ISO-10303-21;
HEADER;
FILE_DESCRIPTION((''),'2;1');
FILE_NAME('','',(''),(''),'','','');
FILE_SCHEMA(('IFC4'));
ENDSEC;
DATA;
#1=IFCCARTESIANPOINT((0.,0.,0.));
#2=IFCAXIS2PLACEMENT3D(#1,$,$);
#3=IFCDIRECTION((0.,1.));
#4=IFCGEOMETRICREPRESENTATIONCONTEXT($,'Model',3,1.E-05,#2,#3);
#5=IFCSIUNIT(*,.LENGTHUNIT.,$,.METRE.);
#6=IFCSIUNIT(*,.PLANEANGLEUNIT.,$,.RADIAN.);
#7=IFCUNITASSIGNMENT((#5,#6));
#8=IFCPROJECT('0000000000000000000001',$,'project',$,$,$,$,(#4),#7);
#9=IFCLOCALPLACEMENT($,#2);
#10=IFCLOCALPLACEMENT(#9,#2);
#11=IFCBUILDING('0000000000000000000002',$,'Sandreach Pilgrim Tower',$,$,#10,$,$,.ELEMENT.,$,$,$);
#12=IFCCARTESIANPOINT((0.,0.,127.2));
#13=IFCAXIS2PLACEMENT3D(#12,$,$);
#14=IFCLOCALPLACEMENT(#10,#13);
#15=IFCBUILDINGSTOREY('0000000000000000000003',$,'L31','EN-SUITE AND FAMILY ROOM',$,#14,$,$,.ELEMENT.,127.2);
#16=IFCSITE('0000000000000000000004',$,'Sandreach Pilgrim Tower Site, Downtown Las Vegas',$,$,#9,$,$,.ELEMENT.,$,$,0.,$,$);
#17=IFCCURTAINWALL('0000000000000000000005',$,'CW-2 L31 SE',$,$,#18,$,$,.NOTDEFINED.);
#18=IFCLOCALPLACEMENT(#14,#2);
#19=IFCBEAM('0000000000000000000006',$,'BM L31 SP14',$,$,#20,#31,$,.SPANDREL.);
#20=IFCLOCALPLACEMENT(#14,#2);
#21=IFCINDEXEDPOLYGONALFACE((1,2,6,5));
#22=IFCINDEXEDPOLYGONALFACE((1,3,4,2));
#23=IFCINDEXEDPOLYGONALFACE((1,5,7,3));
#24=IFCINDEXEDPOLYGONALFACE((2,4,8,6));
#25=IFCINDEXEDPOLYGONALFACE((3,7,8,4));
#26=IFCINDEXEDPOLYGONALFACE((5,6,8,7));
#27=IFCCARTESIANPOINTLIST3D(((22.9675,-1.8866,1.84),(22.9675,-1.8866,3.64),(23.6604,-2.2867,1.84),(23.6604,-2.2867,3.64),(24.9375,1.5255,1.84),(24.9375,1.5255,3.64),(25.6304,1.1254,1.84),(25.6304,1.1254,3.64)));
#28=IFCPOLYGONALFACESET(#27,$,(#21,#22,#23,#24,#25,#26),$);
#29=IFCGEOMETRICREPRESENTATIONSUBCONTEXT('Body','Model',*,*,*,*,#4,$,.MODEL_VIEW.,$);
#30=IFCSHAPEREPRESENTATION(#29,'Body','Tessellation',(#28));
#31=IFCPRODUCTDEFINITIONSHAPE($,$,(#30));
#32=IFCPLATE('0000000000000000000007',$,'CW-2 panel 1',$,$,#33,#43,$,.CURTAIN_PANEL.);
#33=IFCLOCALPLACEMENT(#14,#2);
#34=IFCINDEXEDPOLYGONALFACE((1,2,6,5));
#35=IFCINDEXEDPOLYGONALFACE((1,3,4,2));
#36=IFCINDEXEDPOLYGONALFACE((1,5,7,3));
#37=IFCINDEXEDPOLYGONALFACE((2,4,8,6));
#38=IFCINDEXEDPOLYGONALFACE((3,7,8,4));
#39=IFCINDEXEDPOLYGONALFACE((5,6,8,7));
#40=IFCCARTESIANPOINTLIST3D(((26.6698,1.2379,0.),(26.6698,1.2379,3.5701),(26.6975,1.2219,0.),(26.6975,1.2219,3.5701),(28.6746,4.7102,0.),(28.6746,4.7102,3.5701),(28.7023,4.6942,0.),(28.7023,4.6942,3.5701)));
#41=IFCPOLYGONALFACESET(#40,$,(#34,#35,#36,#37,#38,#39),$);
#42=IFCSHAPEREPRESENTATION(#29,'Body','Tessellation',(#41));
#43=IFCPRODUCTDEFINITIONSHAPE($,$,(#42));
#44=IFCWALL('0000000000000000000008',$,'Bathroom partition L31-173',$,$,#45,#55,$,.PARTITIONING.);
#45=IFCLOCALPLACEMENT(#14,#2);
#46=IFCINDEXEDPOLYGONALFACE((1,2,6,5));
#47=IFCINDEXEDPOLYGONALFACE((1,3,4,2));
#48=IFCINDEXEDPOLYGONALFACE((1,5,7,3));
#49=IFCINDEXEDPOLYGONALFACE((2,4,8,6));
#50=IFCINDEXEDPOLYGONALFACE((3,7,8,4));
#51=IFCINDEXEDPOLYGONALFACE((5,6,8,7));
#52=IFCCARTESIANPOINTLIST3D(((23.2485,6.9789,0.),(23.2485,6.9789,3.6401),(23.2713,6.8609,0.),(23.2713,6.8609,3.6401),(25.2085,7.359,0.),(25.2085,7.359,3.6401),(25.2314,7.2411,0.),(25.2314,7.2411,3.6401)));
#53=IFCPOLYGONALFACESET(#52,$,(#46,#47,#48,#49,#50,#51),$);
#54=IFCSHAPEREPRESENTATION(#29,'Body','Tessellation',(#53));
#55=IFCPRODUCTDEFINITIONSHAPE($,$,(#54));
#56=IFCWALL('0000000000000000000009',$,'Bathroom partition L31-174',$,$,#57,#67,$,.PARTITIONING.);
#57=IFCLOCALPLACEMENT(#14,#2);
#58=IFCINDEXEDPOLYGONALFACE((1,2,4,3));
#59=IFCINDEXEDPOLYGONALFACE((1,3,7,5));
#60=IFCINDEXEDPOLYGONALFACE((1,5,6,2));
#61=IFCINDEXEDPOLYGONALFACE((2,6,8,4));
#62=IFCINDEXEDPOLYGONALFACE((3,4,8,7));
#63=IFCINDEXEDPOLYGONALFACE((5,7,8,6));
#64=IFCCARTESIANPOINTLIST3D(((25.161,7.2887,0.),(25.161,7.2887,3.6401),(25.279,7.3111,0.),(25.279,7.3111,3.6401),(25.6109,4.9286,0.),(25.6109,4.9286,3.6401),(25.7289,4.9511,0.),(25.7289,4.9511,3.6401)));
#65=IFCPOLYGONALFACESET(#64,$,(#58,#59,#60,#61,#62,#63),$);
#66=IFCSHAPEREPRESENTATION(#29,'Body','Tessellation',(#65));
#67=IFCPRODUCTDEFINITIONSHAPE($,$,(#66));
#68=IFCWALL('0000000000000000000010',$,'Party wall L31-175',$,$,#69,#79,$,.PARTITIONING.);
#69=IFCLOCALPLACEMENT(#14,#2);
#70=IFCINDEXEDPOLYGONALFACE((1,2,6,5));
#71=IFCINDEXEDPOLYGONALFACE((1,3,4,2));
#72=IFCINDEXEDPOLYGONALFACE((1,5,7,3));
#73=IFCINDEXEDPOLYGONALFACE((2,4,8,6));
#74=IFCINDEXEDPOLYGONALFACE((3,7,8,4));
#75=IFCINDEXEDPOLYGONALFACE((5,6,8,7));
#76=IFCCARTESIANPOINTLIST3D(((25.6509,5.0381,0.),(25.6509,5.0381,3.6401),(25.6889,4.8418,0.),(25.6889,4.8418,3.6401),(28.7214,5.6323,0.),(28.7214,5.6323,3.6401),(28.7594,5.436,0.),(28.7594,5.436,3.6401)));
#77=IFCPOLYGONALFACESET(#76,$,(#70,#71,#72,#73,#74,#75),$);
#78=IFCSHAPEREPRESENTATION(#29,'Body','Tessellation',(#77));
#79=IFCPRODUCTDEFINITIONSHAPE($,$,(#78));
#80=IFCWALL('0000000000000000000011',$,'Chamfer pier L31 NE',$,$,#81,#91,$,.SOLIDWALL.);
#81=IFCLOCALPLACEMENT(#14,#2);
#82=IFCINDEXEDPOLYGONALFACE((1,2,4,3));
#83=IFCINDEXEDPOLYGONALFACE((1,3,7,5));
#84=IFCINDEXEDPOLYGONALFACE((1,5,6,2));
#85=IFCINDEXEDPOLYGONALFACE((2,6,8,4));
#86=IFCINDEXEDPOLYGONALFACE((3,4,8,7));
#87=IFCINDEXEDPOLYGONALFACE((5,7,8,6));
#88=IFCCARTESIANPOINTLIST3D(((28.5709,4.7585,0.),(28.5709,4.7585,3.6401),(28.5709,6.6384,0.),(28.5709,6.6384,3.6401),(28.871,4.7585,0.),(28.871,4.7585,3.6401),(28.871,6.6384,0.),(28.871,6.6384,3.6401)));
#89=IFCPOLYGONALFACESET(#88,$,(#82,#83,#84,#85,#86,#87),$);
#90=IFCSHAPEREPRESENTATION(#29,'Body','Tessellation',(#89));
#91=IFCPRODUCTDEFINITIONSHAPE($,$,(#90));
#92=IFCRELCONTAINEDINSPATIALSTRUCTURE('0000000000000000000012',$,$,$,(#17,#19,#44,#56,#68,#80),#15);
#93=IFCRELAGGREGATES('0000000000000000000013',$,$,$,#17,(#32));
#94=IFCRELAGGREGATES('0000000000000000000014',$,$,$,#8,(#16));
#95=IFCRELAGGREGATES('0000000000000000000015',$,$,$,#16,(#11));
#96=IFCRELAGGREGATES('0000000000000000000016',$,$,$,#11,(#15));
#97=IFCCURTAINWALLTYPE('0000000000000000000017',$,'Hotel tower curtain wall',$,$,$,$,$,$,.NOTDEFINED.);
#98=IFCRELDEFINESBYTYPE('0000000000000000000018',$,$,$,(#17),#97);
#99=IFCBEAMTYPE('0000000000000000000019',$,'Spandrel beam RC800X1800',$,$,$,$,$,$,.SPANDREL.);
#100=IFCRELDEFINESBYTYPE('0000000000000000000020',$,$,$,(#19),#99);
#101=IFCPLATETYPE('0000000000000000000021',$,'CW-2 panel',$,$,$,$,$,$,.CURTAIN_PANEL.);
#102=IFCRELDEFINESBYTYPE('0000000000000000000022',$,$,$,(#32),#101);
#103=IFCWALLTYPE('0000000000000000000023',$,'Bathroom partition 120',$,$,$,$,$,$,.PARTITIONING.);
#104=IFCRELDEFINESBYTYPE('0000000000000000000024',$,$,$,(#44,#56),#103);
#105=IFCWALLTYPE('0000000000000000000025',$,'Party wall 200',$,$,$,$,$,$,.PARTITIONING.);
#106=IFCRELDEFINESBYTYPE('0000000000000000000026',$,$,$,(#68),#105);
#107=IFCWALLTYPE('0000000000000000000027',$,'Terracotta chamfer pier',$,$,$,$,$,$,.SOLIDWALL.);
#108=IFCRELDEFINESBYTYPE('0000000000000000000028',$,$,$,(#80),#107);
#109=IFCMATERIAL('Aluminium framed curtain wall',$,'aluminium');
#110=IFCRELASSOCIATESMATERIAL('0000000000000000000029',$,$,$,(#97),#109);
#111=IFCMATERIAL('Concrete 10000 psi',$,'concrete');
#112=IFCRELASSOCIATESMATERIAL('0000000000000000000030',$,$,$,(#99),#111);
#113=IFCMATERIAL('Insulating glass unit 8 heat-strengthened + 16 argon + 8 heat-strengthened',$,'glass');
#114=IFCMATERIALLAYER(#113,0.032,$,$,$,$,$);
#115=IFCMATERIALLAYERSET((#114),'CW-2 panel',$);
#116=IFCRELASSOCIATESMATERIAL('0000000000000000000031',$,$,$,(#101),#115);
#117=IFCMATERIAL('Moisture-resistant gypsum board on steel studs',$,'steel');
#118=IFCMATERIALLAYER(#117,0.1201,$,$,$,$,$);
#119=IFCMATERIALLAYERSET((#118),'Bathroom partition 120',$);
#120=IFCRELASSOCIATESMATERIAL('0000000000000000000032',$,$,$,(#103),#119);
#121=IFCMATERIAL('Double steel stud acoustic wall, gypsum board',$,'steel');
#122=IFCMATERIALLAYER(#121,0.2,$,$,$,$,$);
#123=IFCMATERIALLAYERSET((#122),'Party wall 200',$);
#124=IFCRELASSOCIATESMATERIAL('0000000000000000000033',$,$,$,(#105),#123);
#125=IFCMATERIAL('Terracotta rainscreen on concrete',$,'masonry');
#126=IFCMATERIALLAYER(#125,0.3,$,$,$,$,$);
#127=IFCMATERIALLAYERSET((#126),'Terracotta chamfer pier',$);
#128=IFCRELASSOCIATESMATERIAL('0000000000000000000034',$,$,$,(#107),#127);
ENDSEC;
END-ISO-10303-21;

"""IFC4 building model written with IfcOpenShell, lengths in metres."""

from ifc_helpers import new_model, si_unit, direction, frame, frame_2d, origin, origin_2d, place, context, subcontext, project, spatial, rectangle, extrude, material, layer, layer_set, material_profile, profile_set, type_object, element, aggregate, save


model = new_model("IFC4")

# Units and contexts
model_context = context("Model", 3, precision=1e-05, world=origin(), true_north=direction((0.0, 1.0)))
body_context = subcontext(model_context, "Body", "Model", "MODEL_VIEW")
ifc_project = project(units=[si_unit("LENGTHUNIT", "METRE"), si_unit("PLANEANGLEUNIT", "RADIAN")], contexts=[model_context])

# Site, building, storey
site_placement = place(None, origin())
site = spatial("IfcSite", under=ifc_project, at=site_placement, Name="Sandreach Pilgrim Tower Site, Downtown Las Vegas", CompositionType="ELEMENT", RefElevation=0.0)
building_placement = place(site_placement, origin())
building = spatial("IfcBuilding", under=site, at=building_placement, Name="Sandreach Pilgrim Tower", CompositionType="ELEMENT")
storey_placement = place(building_placement, frame((0.0, 0.0, 127.2)))
storey = spatial("IfcBuildingStorey", under=building, at=storey_placement, Name="L31", Description="EN-SUITE AND FAMILY ROOM", CompositionType="ELEMENT", Elevation=127.2)

# Shared definitions
ifc_material_1 = material(Name="Aluminium framed curtain wall", Category="aluminium")
curtain_wall_type = type_object("IfcCurtainWallType", Name="Hotel tower curtain wall", PredefinedType="NOTDEFINED", material=ifc_material_1)

# Curtain wall
curtain_wall_1_placement = place(storey_placement, origin())
curtain_wall_1 = element("IfcCurtainWall", 1, at=curtain_wall_1_placement, inside=storey, type_object=curtain_wall_type, Name="CW-2 L31 SE", PredefinedType="NOTDEFINED")

# Beam
ifc_material_2 = material(Name="Concrete 10000 psi", Category="concrete")
ifc_material_profile_1 = material_profile(ifc_material_2, rectangle(XDim=0.8, YDim=1.8, at=origin_2d()), Name="RC800X1800")
ifc_profile_set_1 = profile_set([ifc_material_profile_1], Name="Concrete 10000 psi")
beam_type_1 = type_object("IfcBeamType", Name="Spandrel beam RC800X1800", PredefinedType="SPANDREL", material=ifc_profile_set_1)
beam_1_placement = place(storey_placement, frame((25.2839, 1.3254, 2.74), z_axis=(-0.499998, -0.866027, 0.0), x_axis=(0.866027, -0.499998, 0.0)))
element("IfcBeam", 2, at=beam_1_placement, inside=storey, type_object=beam_type_1, Name="BM L31 SP14", PredefinedType="SPANDREL", context=body_context, shape_type="SweptSolid", body=[
    extrude(rectangle(XDim=0.8, YDim=1.8, at=origin_2d()), origin(), (0.0, 0.0, 1.0), 3.9399),
])

# Plate
ifc_material_3 = material(Name="Insulating glass unit 8 heat-strengthened + 16 argon + 8 heat-strengthened", Category="glass")
ifc_layer_1 = layer(ifc_material_3, 0.032)
ifc_layer_set_1 = layer_set([ifc_layer_1], Name="CW-2 panel")
plate_type = type_object("IfcPlateType", Name="CW-2 panel", PredefinedType="CURTAIN_PANEL", material=ifc_layer_set_1)
plate_placement = place(storey_placement, frame((27.686, 2.9661, 0.0), z_axis=(0.0, 0.0, 1.0), x_axis=(-0.5, -0.866025, 0.0)))
plate = element("IfcPlate", 3, at=plate_placement, type_object=plate_type, Name="CW-2 panel 1", PredefinedType="CURTAIN_PANEL", context=body_context, shape_type="SweptSolid", body=[
    extrude(rectangle(XDim=4.0095, YDim=0.032, at=origin_2d()), origin(), (0.0, 0.0, 1.0), 3.5701),
])
aggregate(curtain_wall_1, [plate])

# Walls
ifc_material_4 = material(Name="Moisture-resistant gypsum board on steel studs", Category="steel")
ifc_layer_2 = layer(ifc_material_4, 0.1201)
ifc_layer_set_2 = layer_set([ifc_layer_2], Name="Bathroom partition 120")
wall_type_1 = type_object("IfcWallType", Name="Bathroom partition 120", PredefinedType="PARTITIONING", material=ifc_layer_set_2)
wall_1_placement = place(storey_placement, frame((25.22, 7.3, 0.0), z_axis=(0.0, 0.0, 1.0), x_axis=(-0.981707, -0.190398, 0.0)))
element("IfcWall", 4, at=wall_1_placement, inside=storey, type_object=wall_type_1, Name="Bathroom partition L31-173", PredefinedType="PARTITIONING", context=body_context, shape_type="SweptSolid", body=[
    extrude(rectangle(XDim=1.9966, YDim=0.1201, at=frame_2d((0.9983, 0.0))), origin(), (0.0, 0.0, 1.0), 3.6401),
])
wall_2_placement = place(storey_placement, frame((25.6699, 4.9399, 0.0), z_axis=(0.0, 0.0, 1.0), x_axis=(-0.187276, 0.982307, 0.0)))
element("IfcWall", 5, at=wall_2_placement, inside=storey, type_object=wall_type_1, Name="Bathroom partition L31-174", PredefinedType="PARTITIONING", context=body_context, shape_type="SweptSolid", body=[
    extrude(rectangle(XDim=2.4026, YDim=0.1201, at=frame_2d((1.2012, 0.0))), origin(), (0.0, 0.0, 1.0), 3.6401),
])
ifc_material_5 = material(Name="Double steel stud acoustic wall, gypsum board", Category="steel")
ifc_layer_3 = layer(ifc_material_5, 0.2)
ifc_layer_set_3 = layer_set([ifc_layer_3], Name="Party wall 200")
wall_type_2 = type_object("IfcWallType", Name="Party wall 200", PredefinedType="PARTITIONING", material=ifc_layer_set_3)
wall_3_placement = place(storey_placement, frame((25.6699, 4.9399, 0.0), z_axis=(0.0, 0.0, 1.0), x_axis=(0.981784, 0.190002, 0.0)))
element("IfcWall", 6, at=wall_3_placement, inside=storey, type_object=wall_type_2, Name="Party wall L31-175", PredefinedType="PARTITIONING", context=body_context, shape_type="SweptSolid", body=[
    extrude(rectangle(XDim=3.1274, YDim=0.2, at=frame_2d((1.5637, 0.0))), origin(), (0.0, 0.0, 1.0), 3.6401),
])
ifc_material_6 = material(Name="Terracotta rainscreen on concrete", Category="masonry")
ifc_layer_4 = layer(ifc_material_6, 0.3)
ifc_layer_set_4 = layer_set([ifc_layer_4], Name="Terracotta chamfer pier")
wall_type_3 = type_object("IfcWallType", Name="Terracotta chamfer pier", PredefinedType="SOLIDWALL", material=ifc_layer_set_4)
wall_4_placement = place(storey_placement, frame((28.7209, 6.6384, 0.0), z_axis=(0.0, 0.0, 1.0), x_axis=(0.0, -1.0, 0.0)))
element("IfcWall", 7, at=wall_4_placement, inside=storey, type_object=wall_type_3, Name="Chamfer pier L31 NE", PredefinedType="SOLIDWALL", context=body_context, shape_type="SweptSolid", body=[
    extrude(rectangle(XDim=1.8799, YDim=0.3, at=frame_2d((0.9399, 0.0))), origin(), (0.0, 0.0, 1.0), 3.6401),
])

save(model, "model.ifc")
